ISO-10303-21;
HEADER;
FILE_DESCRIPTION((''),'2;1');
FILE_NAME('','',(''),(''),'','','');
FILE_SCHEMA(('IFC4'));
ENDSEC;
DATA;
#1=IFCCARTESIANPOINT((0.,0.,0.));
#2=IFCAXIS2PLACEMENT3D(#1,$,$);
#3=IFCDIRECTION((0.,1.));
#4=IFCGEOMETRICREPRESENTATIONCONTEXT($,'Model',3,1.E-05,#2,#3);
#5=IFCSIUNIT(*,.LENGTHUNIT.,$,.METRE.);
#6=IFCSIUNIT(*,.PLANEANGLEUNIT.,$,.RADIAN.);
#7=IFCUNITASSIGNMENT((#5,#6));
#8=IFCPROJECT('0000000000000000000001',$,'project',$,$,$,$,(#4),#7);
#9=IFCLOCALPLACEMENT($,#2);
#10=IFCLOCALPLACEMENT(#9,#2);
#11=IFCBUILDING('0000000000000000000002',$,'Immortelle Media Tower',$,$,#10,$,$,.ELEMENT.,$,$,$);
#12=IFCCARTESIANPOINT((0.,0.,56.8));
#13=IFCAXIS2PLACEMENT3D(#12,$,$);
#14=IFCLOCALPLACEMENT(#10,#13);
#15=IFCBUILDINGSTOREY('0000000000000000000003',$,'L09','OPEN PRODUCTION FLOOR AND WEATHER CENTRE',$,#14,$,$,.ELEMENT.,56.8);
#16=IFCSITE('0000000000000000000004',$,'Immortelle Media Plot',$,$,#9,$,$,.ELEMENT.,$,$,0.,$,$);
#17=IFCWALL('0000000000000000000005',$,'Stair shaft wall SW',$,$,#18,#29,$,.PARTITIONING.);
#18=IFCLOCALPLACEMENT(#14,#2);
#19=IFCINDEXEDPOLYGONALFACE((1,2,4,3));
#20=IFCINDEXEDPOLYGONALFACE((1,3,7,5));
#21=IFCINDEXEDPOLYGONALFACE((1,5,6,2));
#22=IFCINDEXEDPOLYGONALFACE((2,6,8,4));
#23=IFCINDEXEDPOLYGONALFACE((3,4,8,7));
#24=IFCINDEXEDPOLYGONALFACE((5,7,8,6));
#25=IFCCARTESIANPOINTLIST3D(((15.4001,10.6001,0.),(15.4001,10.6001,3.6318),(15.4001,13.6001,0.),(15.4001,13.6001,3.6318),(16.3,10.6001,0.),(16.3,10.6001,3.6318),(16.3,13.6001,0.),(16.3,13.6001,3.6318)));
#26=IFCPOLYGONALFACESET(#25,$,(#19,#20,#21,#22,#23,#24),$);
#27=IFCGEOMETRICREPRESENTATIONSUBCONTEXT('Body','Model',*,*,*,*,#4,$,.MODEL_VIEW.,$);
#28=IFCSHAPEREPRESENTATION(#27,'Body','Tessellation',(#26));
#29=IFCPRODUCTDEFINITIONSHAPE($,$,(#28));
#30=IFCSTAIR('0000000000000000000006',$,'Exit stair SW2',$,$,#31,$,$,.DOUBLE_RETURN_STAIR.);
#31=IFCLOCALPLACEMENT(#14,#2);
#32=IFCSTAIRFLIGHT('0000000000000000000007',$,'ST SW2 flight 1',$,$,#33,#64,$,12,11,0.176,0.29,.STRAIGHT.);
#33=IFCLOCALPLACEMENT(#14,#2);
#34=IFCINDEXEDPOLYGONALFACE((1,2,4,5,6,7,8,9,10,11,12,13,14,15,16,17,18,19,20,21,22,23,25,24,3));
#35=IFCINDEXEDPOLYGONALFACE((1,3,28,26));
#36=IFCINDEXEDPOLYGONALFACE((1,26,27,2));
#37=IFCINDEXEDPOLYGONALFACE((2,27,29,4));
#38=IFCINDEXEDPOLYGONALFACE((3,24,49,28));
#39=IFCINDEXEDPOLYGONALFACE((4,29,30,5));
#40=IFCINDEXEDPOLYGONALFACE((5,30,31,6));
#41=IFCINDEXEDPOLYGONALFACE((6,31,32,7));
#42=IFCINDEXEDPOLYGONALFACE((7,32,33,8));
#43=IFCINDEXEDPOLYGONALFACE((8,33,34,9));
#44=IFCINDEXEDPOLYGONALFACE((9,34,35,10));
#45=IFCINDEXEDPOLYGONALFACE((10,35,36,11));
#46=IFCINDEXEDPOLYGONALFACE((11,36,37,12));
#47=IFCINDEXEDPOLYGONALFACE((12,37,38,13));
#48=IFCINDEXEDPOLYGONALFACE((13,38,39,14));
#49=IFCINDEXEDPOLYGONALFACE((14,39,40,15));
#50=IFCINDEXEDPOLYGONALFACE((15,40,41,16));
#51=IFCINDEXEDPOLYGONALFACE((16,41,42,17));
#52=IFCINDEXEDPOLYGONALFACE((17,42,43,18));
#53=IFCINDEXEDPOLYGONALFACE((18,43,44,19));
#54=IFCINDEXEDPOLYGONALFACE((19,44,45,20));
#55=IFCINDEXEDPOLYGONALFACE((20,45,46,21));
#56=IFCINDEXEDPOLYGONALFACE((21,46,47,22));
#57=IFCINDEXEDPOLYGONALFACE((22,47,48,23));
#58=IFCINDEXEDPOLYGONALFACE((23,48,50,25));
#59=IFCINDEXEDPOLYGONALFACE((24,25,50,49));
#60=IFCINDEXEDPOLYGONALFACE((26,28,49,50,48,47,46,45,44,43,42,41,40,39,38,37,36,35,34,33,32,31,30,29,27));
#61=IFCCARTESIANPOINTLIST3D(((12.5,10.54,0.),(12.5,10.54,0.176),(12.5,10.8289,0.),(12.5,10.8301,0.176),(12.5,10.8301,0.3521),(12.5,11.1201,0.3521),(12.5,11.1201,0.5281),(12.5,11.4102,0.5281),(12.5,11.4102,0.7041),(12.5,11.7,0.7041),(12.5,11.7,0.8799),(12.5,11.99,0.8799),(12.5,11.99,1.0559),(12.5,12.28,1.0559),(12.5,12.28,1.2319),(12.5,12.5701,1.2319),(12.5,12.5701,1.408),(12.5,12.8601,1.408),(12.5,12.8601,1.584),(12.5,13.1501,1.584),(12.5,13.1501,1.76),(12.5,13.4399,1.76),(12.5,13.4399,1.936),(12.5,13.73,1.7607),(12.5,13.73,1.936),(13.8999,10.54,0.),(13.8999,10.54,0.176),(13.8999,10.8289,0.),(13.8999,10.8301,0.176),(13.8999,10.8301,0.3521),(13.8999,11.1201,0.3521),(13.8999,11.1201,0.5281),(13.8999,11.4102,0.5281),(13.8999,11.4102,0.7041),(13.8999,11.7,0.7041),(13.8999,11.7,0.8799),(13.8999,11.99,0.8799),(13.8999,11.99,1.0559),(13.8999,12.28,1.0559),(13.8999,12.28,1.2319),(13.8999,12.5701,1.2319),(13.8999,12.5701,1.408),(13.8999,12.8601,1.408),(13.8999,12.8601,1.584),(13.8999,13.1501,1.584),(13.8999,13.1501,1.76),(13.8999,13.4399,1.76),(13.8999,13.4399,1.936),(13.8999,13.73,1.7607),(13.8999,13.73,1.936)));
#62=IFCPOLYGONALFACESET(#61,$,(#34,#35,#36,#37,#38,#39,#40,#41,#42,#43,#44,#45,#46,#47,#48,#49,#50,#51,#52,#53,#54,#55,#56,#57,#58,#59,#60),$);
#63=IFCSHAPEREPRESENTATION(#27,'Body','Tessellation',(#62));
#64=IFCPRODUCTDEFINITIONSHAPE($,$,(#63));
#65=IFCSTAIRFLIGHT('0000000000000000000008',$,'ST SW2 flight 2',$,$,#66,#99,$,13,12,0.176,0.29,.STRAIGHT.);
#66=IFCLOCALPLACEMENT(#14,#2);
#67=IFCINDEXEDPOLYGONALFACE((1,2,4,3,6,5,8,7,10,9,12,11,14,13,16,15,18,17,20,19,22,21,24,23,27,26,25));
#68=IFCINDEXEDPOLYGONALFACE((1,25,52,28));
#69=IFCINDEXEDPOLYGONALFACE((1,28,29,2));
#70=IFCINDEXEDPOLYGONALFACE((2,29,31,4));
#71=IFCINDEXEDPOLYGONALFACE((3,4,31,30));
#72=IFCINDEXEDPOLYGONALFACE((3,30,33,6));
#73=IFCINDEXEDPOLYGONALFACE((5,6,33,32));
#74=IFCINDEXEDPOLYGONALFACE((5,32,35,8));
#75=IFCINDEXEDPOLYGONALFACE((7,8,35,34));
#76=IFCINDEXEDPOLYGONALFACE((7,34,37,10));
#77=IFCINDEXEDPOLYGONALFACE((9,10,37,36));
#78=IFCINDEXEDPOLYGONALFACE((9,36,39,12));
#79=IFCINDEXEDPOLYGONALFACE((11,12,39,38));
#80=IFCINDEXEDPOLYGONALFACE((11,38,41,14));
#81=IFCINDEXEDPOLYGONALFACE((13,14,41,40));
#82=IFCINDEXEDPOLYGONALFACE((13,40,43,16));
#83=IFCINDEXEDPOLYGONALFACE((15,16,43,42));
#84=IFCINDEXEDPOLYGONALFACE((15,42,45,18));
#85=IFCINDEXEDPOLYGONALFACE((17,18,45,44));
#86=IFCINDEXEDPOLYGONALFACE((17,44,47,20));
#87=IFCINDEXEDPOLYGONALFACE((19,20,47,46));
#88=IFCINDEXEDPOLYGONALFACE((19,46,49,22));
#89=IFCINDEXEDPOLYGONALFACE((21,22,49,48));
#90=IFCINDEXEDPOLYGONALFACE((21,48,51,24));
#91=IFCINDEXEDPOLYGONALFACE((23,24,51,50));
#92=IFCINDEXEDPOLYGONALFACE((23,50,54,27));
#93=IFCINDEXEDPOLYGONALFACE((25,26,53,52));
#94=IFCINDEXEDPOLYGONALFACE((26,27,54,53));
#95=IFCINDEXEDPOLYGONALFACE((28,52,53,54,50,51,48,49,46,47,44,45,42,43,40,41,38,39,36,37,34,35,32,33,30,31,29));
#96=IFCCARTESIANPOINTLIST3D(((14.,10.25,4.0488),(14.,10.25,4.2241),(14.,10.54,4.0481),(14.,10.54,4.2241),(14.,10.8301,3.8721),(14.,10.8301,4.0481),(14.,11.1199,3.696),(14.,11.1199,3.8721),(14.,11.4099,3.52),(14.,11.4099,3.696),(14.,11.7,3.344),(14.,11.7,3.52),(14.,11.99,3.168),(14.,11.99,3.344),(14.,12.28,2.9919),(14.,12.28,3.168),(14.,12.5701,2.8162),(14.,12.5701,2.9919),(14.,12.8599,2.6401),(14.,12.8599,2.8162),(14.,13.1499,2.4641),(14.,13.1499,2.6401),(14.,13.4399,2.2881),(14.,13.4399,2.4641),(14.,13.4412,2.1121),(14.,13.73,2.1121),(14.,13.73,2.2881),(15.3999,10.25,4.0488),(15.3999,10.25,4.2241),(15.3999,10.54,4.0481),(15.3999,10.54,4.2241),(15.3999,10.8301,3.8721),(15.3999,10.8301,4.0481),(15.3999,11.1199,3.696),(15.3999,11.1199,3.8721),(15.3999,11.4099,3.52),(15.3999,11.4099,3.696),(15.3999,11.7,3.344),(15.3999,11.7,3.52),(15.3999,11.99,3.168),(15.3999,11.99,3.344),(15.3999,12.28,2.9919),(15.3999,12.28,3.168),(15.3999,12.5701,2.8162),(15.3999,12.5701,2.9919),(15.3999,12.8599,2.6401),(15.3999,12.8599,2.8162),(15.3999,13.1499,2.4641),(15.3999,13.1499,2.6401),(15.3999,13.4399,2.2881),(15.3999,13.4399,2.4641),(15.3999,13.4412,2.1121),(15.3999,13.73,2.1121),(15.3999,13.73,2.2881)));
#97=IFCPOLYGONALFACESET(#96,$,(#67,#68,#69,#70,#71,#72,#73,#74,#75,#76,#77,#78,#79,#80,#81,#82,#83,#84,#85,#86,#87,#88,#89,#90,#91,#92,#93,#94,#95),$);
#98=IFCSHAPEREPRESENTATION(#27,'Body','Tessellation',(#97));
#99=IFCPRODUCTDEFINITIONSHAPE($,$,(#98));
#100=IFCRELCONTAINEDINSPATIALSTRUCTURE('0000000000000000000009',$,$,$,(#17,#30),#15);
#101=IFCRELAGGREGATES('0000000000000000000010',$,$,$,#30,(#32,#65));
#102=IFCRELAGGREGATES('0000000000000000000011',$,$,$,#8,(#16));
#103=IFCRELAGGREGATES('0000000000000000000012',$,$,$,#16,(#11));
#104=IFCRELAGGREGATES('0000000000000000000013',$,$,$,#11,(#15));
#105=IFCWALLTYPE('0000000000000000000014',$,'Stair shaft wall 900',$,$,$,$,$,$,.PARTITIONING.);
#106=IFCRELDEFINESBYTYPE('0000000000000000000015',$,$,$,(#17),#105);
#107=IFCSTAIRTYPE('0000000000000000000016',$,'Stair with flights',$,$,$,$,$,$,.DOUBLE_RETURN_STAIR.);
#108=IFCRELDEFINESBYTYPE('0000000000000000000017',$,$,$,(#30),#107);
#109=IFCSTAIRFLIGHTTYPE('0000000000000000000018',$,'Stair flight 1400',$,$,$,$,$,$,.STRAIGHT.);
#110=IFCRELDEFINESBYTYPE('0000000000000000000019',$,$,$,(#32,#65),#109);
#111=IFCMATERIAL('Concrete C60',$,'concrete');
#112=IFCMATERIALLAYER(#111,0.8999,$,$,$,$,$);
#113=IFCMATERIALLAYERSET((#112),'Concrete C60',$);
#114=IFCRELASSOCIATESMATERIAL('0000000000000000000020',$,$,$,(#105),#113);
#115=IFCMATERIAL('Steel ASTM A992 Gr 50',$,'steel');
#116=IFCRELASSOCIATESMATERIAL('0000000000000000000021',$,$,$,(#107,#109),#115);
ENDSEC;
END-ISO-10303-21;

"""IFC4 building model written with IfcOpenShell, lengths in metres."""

from ifc_helpers import new_model, si_unit, direction, frame, frame_2d, origin, place, context, subcontext, project, spatial, polyline, rectangle, outline, extrude, material, layer, layer_set, type_object, element, aggregate, save


model = new_model("IFC4")

# Units and contexts
model_context = context("Model", 3, precision=1e-05, world=origin(), true_north=direction((0.0, 1.0)))
body_context = subcontext(model_context, "Body", "Model", "MODEL_VIEW")
ifc_project = project(units=[si_unit("LENGTHUNIT", "METRE"), si_unit("PLANEANGLEUNIT", "RADIAN")], contexts=[model_context])

# Site, building, storey
site_placement = place(None, origin())
site = spatial("IfcSite", under=ifc_project, at=site_placement, Name="Immortelle Media Plot", CompositionType="ELEMENT", RefElevation=0.0)
building_placement = place(site_placement, origin())
building = spatial("IfcBuilding", under=site, at=building_placement, Name="Immortelle Media Tower", CompositionType="ELEMENT")
storey_placement = place(building_placement, frame((0.0, 0.0, 56.8)))
storey = spatial("IfcBuildingStorey", under=building, at=storey_placement, Name="L09", Description="OPEN PRODUCTION FLOOR AND WEATHER CENTRE", CompositionType="ELEMENT", Elevation=56.8)

# Shared definitions
ifc_material_1 = material(Name="Steel ASTM A992 Gr 50", Category="steel")

# Shared definitions
ifc_material_2 = material(Name="Concrete C60", Category="concrete")

# Shared definitions
ifc_layer_1 = layer(ifc_material_2, 0.8999)
ifc_layer_set_1 = layer_set([ifc_layer_1], Name="Concrete C60")
wall_type_1 = type_object("IfcWallType", Name="Stair shaft wall 900", PredefinedType="PARTITIONING", material=ifc_layer_set_1)

# Wall
wall_1_placement = place(storey_placement, frame((15.8501, 10.6001, 0.0), z_axis=(0.0, 0.0, 1.0), x_axis=(0.0, 1.0, 0.0)))
element("IfcWall", 1, at=wall_1_placement, inside=storey, type_object=wall_type_1, Name="Stair shaft wall SW", PredefinedType="PARTITIONING", context=body_context, shape_type="SweptSolid", body=[
    extrude(rectangle(XDim=3.0, YDim=0.8999, at=frame_2d((1.5, 0.0))), origin(), (0.0, 0.0, 1.0), 3.6318),
])

# Stair, stair flights
stair_type = type_object("IfcStairType", Name="Stair with flights", PredefinedType="DOUBLE_RETURN_STAIR", material=ifc_material_1)
stair_placement = place(storey_placement, origin())
stair = element("IfcStair", 2, at=stair_placement, inside=storey, type_object=stair_type, Name="Exit stair SW2", PredefinedType="DOUBLE_RETURN_STAIR")
stair_flight_type = type_object("IfcStairFlightType", Name="Stair flight 1400", PredefinedType="STRAIGHT", material=ifc_material_1)
stair_flight_1_placement = place(storey_placement, frame((13.2, 10.54, 0.0), z_axis=(0.0, 0.0, 1.0), x_axis=(0.0, 1.0, 0.0)))
stair_flight_1 = element("IfcStairFlight", 3, at=stair_flight_1_placement, type_object=stair_flight_type, Name="ST SW2 flight 1", NumberOfRisers=12, NumberOfTreads=11, PredefinedType="STRAIGHT", RiserHeight=0.176, TreadLength=0.29, context=body_context, shape_type="SweptSolid", body=[
    extrude(outline(polyline([(0.0, 0.0), (0.0, 0.176), (0.29, 0.176), (0.29, 0.3521), (0.5801, 0.3521), (0.5801, 0.5281), (0.8701, 0.5281), (0.8701, 0.7041), (1.1599, 0.7041), (1.1599, 0.8799), (1.45, 0.8799), (1.45, 1.0559), (1.74, 1.0559), (1.74, 1.2319), (2.03, 1.2319), (2.03, 1.408), (2.3201, 1.408), (2.3201, 1.584), (2.6101, 1.584), (2.6101, 1.76), (2.8999, 1.76), (2.8999, 1.936), (3.1899, 1.936), (3.1899, 2.1121), (3.1899, 1.7607), (0.2888, 0.0), (0.0, 0.0)])), frame((0.0, 0.7, 0.0), z_axis=(0.0, -1.0, 0.0), x_axis=(1.0, 0.0, 0.0)), (0.0, 0.0, 1.0), 1.3999),
])
stair_flight_2_placement = place(storey_placement, frame((14.7, 13.73, 2.1121), z_axis=(0.0, 0.0, 1.0), x_axis=(0.0, -1.0, 0.0)))
stair_flight_2 = element("IfcStairFlight", 4, at=stair_flight_2_placement, type_object=stair_flight_type, Name="ST SW2 flight 2", NumberOfRisers=13, NumberOfTreads=12, PredefinedType="STRAIGHT", RiserHeight=0.176, TreadLength=0.29, context=body_context, shape_type="SweptSolid", body=[
    extrude(outline(polyline([(0.0, 0.0), (0.0, 0.176), (0.29, 0.176), (0.29, 0.3521), (0.5801, 0.3521), (0.5801, 0.5281), (0.8701, 0.5281), (0.8701, 0.7041), (1.1599, 0.7041), (1.1599, 0.8799), (1.45, 0.8799), (1.45, 1.0559), (1.74, 1.0559), (1.74, 1.2319), (2.03, 1.2319), (2.03, 1.408), (2.3201, 1.408), (2.3201, 1.584), (2.6101, 1.584), (2.6101, 1.76), (2.8999, 1.76), (2.8999, 1.936), (3.1899, 1.936), (3.1899, 2.1121), (3.48, 2.1121), (3.48, 2.2881), (3.48, 1.9368), (0.2888, 0.0), (0.0, 0.0)])), frame((0.0, 0.7, 0.0), z_axis=(0.0, -1.0, 0.0), x_axis=(1.0, 0.0, 0.0)), (0.0, 0.0, 1.0), 1.3999),
])
aggregate(stair, [stair_flight_1, stair_flight_2])

save(model, "model.ifc")
